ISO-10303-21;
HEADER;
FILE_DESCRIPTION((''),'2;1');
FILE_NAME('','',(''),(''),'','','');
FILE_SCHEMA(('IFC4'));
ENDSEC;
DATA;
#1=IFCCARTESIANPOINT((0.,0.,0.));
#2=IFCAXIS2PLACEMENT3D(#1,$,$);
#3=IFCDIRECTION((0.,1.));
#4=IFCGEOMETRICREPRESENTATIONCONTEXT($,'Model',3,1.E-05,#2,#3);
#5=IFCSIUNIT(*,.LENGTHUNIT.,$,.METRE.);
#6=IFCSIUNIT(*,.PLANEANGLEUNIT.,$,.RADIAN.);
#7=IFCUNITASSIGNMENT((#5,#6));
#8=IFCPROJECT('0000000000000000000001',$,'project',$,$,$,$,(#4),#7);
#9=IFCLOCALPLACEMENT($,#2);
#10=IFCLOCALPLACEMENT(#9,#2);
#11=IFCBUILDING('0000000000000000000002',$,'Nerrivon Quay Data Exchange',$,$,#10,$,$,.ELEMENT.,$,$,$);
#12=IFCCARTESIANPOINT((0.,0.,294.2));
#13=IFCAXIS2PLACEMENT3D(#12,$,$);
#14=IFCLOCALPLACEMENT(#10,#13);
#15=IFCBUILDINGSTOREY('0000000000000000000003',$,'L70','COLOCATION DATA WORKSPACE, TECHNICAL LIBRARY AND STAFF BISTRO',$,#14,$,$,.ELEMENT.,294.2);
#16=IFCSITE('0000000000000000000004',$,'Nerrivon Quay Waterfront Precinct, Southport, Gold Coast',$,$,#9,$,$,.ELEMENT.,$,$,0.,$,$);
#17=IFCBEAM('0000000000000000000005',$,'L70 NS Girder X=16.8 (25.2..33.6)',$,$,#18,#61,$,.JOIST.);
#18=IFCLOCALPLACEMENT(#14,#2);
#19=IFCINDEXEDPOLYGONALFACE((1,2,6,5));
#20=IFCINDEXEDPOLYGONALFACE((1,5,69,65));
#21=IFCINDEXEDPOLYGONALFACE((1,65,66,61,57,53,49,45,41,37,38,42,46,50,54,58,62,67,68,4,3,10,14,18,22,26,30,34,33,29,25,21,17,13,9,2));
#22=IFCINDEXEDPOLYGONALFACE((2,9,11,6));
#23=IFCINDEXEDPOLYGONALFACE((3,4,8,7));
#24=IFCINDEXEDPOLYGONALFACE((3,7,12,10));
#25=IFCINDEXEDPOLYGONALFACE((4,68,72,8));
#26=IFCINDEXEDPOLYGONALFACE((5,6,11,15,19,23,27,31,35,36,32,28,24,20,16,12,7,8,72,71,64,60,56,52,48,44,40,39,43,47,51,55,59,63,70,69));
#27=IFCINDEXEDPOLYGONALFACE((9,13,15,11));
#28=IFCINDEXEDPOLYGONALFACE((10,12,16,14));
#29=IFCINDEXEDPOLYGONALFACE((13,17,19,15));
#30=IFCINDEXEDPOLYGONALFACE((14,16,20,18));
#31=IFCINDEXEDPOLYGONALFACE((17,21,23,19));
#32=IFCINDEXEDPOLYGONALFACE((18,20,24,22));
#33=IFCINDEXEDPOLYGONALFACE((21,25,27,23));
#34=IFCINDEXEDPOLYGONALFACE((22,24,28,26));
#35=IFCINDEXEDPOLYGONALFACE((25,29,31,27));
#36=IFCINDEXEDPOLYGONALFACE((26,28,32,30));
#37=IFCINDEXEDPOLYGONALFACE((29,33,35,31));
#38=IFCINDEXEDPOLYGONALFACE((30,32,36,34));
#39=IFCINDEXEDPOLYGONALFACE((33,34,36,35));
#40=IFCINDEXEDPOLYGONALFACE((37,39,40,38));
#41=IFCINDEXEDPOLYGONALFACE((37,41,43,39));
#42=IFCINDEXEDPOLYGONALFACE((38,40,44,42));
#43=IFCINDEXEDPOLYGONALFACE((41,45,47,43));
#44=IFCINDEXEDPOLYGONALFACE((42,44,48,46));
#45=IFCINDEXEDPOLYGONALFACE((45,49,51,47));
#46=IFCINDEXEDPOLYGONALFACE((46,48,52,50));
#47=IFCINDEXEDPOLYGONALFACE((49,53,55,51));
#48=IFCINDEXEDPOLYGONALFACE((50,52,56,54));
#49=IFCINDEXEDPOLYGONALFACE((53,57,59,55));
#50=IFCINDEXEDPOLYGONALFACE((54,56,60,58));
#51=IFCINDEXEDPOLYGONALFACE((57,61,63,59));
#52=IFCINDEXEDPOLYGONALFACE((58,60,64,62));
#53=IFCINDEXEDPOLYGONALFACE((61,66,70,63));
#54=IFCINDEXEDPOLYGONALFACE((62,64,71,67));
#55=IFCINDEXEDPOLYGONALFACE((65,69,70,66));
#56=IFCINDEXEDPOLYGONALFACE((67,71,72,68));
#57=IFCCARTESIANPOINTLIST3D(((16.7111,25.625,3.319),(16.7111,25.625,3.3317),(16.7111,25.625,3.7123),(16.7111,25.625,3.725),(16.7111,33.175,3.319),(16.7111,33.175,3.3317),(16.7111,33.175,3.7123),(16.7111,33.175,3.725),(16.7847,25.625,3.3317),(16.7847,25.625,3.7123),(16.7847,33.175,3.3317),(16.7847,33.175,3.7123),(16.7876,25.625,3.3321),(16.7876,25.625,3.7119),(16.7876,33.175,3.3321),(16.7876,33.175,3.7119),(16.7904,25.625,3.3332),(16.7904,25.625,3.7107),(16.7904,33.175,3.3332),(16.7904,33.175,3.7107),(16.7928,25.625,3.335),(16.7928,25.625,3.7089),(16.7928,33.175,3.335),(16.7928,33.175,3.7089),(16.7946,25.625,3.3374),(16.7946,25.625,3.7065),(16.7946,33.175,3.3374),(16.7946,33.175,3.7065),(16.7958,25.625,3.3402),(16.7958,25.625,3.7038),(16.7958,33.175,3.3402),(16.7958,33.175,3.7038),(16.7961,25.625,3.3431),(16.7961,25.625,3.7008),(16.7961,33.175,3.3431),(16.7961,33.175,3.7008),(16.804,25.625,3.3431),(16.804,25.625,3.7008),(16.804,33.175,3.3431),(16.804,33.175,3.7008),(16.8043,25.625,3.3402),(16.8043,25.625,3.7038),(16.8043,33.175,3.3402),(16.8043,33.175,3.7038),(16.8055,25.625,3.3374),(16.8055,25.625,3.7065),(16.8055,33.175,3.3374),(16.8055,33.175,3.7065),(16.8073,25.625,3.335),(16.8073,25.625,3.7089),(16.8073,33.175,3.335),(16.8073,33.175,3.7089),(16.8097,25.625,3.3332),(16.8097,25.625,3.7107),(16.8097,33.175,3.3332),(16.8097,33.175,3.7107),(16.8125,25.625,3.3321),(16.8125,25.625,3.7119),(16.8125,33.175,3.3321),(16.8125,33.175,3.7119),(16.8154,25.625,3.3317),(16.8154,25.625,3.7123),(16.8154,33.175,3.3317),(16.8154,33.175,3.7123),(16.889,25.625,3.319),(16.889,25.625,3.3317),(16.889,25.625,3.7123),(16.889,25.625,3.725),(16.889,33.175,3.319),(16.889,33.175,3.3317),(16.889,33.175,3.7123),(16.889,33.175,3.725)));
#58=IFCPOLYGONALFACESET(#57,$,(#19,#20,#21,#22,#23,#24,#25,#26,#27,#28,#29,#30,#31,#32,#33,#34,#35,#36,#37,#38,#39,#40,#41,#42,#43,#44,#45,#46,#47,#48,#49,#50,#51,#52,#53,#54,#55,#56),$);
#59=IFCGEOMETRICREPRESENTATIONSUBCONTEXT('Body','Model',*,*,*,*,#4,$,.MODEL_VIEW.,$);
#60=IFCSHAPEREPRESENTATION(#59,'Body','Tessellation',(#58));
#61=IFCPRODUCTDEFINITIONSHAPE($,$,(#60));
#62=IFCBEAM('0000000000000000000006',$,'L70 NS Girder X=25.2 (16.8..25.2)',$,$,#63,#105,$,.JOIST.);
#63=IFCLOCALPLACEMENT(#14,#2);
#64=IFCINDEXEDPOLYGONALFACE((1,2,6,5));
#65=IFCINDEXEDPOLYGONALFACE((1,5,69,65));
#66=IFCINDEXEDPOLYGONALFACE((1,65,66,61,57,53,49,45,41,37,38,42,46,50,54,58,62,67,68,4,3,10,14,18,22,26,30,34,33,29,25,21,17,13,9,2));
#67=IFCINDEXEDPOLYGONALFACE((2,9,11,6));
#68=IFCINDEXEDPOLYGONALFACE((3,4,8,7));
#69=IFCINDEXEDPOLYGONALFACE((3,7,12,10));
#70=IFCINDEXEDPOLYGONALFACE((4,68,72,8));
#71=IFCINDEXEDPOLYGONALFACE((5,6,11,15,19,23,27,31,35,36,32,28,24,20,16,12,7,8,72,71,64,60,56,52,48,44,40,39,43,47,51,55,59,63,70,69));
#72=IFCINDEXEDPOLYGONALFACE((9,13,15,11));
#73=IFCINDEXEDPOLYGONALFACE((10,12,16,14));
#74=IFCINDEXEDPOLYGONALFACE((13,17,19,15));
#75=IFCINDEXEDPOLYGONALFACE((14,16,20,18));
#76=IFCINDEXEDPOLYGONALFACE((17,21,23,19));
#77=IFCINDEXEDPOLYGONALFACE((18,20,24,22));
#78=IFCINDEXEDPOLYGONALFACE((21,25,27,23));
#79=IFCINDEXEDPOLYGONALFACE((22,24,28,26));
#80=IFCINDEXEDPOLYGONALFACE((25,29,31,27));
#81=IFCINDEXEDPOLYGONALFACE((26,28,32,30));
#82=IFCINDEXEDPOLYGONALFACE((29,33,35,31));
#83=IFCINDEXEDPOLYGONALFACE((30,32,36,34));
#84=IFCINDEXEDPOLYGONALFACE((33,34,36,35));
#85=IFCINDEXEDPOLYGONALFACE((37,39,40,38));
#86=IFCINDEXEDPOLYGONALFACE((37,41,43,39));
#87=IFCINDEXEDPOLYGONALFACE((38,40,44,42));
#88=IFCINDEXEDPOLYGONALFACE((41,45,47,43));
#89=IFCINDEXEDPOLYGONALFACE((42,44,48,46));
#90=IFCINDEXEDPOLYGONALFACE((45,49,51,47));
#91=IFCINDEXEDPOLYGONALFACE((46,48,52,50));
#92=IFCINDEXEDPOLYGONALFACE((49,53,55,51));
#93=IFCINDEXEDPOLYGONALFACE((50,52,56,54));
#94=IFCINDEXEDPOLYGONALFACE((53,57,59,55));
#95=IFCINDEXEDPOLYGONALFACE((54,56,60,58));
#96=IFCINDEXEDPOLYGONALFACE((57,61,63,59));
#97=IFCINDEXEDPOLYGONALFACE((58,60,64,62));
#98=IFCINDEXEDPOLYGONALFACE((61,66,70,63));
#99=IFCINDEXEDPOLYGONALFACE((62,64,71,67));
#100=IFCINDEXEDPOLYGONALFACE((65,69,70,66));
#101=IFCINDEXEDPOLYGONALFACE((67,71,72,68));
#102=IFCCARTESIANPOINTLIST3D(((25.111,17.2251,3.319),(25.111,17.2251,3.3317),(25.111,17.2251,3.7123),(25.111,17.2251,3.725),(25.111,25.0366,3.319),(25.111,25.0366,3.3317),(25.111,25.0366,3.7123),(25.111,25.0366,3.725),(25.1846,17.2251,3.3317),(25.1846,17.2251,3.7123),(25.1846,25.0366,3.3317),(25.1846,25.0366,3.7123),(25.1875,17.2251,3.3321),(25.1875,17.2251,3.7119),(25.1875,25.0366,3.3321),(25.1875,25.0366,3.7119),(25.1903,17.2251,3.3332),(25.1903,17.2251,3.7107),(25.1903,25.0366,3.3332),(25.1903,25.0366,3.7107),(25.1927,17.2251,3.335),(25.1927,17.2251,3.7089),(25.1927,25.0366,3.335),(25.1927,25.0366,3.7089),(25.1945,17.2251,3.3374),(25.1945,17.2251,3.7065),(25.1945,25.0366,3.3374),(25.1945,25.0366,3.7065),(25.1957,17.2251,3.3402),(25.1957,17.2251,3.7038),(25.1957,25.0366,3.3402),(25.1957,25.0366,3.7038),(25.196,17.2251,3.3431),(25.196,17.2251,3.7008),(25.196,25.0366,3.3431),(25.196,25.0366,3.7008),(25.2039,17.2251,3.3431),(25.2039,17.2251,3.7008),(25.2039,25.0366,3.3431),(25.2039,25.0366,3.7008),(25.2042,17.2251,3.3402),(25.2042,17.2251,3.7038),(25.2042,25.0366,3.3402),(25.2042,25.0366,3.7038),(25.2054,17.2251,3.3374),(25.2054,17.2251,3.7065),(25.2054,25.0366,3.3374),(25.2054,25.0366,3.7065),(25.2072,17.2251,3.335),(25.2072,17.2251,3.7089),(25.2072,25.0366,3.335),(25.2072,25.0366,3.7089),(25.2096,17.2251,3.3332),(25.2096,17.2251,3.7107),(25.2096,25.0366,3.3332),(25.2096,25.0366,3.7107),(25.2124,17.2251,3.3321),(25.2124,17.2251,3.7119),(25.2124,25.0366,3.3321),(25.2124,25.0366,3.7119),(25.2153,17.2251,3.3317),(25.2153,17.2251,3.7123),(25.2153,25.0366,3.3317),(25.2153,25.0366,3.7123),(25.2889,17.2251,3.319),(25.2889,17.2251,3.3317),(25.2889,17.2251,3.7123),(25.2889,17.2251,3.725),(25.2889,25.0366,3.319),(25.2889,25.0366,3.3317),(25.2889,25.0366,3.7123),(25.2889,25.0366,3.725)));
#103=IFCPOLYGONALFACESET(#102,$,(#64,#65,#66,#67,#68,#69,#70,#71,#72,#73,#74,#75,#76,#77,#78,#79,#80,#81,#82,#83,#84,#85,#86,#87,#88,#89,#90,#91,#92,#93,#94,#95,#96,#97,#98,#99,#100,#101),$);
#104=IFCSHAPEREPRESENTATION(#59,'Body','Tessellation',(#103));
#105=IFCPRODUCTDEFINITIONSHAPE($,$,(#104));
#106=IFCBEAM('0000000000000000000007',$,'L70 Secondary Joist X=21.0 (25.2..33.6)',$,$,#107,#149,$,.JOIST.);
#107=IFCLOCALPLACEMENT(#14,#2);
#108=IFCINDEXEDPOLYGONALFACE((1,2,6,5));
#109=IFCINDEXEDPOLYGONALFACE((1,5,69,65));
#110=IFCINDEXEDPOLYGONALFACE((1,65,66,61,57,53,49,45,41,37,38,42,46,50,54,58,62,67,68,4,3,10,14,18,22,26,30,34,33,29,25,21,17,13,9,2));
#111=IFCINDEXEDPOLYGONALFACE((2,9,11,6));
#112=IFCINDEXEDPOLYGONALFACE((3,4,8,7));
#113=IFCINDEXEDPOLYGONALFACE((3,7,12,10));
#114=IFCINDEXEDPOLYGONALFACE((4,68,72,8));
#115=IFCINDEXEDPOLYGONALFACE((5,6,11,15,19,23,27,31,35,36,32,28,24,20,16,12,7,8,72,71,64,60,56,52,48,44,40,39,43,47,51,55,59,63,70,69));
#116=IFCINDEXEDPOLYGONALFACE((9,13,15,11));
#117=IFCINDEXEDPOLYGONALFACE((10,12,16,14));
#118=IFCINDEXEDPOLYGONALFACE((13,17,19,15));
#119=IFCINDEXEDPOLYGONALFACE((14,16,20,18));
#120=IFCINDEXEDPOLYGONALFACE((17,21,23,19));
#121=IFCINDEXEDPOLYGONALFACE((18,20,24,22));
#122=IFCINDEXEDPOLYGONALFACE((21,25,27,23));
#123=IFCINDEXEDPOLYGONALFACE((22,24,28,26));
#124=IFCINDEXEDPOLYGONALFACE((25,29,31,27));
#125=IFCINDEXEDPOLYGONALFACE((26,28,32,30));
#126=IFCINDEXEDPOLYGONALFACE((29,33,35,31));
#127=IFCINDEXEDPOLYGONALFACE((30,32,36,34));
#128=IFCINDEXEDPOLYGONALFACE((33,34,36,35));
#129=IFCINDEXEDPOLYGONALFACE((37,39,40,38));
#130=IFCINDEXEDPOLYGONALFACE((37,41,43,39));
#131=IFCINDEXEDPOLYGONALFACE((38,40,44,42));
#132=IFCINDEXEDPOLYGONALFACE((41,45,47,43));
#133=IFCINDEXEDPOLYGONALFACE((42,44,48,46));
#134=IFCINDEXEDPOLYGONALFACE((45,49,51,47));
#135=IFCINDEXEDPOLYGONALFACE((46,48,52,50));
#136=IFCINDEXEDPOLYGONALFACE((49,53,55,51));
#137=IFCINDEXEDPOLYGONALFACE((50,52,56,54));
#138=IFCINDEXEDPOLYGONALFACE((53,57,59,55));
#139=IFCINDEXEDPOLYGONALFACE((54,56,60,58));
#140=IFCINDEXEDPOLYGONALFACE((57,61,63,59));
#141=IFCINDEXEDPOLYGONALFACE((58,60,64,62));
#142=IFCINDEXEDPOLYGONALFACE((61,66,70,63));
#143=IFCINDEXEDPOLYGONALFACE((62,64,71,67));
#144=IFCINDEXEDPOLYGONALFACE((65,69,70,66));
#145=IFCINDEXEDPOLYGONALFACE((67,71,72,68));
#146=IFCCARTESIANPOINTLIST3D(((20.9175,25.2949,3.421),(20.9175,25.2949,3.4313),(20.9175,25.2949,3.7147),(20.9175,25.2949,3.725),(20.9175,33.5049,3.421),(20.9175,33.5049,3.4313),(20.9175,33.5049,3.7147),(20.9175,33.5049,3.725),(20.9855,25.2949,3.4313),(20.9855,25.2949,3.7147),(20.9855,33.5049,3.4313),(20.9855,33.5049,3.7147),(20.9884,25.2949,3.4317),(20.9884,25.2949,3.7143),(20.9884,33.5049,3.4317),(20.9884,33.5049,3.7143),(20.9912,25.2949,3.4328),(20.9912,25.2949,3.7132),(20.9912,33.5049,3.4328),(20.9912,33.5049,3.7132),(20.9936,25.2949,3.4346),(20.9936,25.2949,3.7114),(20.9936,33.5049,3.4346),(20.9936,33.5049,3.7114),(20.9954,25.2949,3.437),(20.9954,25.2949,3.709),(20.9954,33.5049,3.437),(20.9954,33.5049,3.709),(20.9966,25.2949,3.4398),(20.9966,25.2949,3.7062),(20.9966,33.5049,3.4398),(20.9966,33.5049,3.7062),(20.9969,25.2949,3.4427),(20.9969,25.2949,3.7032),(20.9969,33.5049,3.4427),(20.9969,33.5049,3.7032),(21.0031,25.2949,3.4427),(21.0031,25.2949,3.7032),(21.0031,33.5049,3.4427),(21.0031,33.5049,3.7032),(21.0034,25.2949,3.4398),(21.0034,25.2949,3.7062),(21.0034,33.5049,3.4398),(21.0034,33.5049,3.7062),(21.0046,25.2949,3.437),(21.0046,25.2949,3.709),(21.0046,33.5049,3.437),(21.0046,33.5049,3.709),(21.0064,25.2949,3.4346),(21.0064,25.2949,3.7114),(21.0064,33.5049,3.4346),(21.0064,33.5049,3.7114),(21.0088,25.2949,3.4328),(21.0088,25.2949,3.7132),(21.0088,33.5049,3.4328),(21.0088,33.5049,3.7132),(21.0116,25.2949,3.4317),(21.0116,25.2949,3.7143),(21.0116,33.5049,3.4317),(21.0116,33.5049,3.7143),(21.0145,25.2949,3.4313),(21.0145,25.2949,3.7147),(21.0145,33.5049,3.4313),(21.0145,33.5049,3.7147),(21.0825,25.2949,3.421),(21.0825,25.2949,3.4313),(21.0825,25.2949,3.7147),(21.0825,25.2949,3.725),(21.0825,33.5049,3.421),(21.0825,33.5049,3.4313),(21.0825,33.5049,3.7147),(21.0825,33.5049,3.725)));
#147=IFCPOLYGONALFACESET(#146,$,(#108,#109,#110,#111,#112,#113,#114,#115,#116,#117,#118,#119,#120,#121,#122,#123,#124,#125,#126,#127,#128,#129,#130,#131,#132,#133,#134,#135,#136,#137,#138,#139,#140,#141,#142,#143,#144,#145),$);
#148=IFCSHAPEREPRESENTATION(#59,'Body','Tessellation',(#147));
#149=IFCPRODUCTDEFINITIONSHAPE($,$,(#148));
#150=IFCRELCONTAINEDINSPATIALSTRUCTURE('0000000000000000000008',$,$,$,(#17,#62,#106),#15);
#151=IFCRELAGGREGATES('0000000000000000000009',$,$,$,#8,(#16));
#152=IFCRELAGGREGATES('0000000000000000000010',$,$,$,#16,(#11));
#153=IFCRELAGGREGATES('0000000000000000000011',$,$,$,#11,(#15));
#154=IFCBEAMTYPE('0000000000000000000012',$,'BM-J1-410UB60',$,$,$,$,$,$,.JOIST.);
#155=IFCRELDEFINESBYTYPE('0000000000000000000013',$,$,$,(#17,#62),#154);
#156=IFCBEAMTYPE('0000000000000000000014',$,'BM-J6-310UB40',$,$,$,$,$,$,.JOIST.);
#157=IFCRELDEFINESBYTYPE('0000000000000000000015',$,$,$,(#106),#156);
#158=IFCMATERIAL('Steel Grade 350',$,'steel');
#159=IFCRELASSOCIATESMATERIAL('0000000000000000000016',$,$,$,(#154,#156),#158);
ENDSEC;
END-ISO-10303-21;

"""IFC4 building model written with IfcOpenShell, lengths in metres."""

from ifc_helpers import new_model, si_unit, direction, frame, origin, origin_2d, place, context, subcontext, project, spatial, i_section, extrude, material, material_profile, profile_set, type_object, element, save


model = new_model("IFC4")

# Units and contexts
model_context = context("Model", 3, precision=1e-05, world=origin(), true_north=direction((0.0, 1.0)))
body_context = subcontext(model_context, "Body", "Model", "MODEL_VIEW")
ifc_project = project(units=[si_unit("LENGTHUNIT", "METRE"), si_unit("PLANEANGLEUNIT", "RADIAN")], contexts=[model_context])

# Site, building, storey
site_placement = place(None, origin())
site = spatial("IfcSite", under=ifc_project, at=site_placement, Name="Nerrivon Quay Waterfront Precinct, Southport, Gold Coast", CompositionType="ELEMENT", RefElevation=0.0)
building_placement = place(site_placement, origin())
building = spatial("IfcBuilding", under=site, at=building_placement, Name="Nerrivon Quay Data Exchange", CompositionType="ELEMENT")
storey_placement = place(building_placement, frame((0.0, 0.0, 294.2)))
storey = spatial("IfcBuildingStorey", under=building, at=storey_placement, Name="L70", Description="COLOCATION DATA WORKSPACE, TECHNICAL LIBRARY AND STAFF BISTRO", CompositionType="ELEMENT", Elevation=294.2)

# Shared definitions
ifc_material_1 = material(Name="Steel Grade 350", Category="steel")

# Beams
ifc_material_profile_1 = material_profile(ifc_material_1, i_section(OverallWidth=0.178, OverallDepth=0.406, WebThickness=0.0078, FlangeThickness=0.0127, FilletRadius=0.0115, at=origin_2d()), Name="410UB59.7")
ifc_profile_set_1 = profile_set([ifc_material_profile_1], Name="Steel Grade 350")
beam_type_1 = type_object("IfcBeamType", Name="BM-J1-410UB60", PredefinedType="JOIST", material=ifc_profile_set_1)
beam_1_placement = place(storey_placement, frame((16.8, 25.625, 3.522), z_axis=(0.0, 1.0, 0.0), x_axis=(-1.0, 0.0, 0.0)))
element("IfcBeam", 1, at=beam_1_placement, inside=storey, type_object=beam_type_1, Name="L70 NS Girder X=16.8 (25.2..33.6)", PredefinedType="JOIST", context=body_context, shape_type="SweptSolid", body=[
    extrude(i_section(OverallWidth=0.178, OverallDepth=0.406, WebThickness=0.0078, FlangeThickness=0.0127, FilletRadius=0.0115, at=origin_2d()), origin(), (0.0, 0.0, 1.0), 7.55),
])
beam_2_placement = place(storey_placement, frame((25.2, 17.2251, 3.522), z_axis=(0.0, 1.0, 0.0), x_axis=(-1.0, 0.0, 0.0)))
element("IfcBeam", 2, at=beam_2_placement, inside=storey, type_object=beam_type_1, Name="L70 NS Girder X=25.2 (16.8..25.2)", PredefinedType="JOIST", context=body_context, shape_type="SweptSolid", body=[
    extrude(i_section(OverallWidth=0.178, OverallDepth=0.406, WebThickness=0.0078, FlangeThickness=0.0127, FilletRadius=0.0115, at=origin_2d()), origin(), (0.0, 0.0, 1.0), 7.8115),
])
ifc_material_profile_2 = material_profile(ifc_material_1, i_section(OverallWidth=0.165, OverallDepth=0.304, WebThickness=0.0061, FlangeThickness=0.0103, FilletRadius=0.0115, at=origin_2d()), Name="310UB40.4")
ifc_profile_set_2 = profile_set([ifc_material_profile_2], Name="Steel Grade 350")
beam_type_2 = type_object("IfcBeamType", Name="BM-J6-310UB40", PredefinedType="JOIST", material=ifc_profile_set_2)
beam_3_placement = place(storey_placement, frame((21.0, 25.2949, 3.573), z_axis=(0.0, 1.0, 0.0), x_axis=(-1.0, 0.0, 0.0)))
element("IfcBeam", 3, at=beam_3_placement, inside=storey, type_object=beam_type_2, Name="L70 Secondary Joist X=21.0 (25.2..33.6)", PredefinedType="JOIST", context=body_context, shape_type="SweptSolid", body=[
    extrude(i_section(OverallWidth=0.165, OverallDepth=0.304, WebThickness=0.0061, FlangeThickness=0.0103, FilletRadius=0.0115, at=origin_2d()), origin(), (0.0, 0.0, 1.0), 8.21),
])

save(model, "model.ifc")
